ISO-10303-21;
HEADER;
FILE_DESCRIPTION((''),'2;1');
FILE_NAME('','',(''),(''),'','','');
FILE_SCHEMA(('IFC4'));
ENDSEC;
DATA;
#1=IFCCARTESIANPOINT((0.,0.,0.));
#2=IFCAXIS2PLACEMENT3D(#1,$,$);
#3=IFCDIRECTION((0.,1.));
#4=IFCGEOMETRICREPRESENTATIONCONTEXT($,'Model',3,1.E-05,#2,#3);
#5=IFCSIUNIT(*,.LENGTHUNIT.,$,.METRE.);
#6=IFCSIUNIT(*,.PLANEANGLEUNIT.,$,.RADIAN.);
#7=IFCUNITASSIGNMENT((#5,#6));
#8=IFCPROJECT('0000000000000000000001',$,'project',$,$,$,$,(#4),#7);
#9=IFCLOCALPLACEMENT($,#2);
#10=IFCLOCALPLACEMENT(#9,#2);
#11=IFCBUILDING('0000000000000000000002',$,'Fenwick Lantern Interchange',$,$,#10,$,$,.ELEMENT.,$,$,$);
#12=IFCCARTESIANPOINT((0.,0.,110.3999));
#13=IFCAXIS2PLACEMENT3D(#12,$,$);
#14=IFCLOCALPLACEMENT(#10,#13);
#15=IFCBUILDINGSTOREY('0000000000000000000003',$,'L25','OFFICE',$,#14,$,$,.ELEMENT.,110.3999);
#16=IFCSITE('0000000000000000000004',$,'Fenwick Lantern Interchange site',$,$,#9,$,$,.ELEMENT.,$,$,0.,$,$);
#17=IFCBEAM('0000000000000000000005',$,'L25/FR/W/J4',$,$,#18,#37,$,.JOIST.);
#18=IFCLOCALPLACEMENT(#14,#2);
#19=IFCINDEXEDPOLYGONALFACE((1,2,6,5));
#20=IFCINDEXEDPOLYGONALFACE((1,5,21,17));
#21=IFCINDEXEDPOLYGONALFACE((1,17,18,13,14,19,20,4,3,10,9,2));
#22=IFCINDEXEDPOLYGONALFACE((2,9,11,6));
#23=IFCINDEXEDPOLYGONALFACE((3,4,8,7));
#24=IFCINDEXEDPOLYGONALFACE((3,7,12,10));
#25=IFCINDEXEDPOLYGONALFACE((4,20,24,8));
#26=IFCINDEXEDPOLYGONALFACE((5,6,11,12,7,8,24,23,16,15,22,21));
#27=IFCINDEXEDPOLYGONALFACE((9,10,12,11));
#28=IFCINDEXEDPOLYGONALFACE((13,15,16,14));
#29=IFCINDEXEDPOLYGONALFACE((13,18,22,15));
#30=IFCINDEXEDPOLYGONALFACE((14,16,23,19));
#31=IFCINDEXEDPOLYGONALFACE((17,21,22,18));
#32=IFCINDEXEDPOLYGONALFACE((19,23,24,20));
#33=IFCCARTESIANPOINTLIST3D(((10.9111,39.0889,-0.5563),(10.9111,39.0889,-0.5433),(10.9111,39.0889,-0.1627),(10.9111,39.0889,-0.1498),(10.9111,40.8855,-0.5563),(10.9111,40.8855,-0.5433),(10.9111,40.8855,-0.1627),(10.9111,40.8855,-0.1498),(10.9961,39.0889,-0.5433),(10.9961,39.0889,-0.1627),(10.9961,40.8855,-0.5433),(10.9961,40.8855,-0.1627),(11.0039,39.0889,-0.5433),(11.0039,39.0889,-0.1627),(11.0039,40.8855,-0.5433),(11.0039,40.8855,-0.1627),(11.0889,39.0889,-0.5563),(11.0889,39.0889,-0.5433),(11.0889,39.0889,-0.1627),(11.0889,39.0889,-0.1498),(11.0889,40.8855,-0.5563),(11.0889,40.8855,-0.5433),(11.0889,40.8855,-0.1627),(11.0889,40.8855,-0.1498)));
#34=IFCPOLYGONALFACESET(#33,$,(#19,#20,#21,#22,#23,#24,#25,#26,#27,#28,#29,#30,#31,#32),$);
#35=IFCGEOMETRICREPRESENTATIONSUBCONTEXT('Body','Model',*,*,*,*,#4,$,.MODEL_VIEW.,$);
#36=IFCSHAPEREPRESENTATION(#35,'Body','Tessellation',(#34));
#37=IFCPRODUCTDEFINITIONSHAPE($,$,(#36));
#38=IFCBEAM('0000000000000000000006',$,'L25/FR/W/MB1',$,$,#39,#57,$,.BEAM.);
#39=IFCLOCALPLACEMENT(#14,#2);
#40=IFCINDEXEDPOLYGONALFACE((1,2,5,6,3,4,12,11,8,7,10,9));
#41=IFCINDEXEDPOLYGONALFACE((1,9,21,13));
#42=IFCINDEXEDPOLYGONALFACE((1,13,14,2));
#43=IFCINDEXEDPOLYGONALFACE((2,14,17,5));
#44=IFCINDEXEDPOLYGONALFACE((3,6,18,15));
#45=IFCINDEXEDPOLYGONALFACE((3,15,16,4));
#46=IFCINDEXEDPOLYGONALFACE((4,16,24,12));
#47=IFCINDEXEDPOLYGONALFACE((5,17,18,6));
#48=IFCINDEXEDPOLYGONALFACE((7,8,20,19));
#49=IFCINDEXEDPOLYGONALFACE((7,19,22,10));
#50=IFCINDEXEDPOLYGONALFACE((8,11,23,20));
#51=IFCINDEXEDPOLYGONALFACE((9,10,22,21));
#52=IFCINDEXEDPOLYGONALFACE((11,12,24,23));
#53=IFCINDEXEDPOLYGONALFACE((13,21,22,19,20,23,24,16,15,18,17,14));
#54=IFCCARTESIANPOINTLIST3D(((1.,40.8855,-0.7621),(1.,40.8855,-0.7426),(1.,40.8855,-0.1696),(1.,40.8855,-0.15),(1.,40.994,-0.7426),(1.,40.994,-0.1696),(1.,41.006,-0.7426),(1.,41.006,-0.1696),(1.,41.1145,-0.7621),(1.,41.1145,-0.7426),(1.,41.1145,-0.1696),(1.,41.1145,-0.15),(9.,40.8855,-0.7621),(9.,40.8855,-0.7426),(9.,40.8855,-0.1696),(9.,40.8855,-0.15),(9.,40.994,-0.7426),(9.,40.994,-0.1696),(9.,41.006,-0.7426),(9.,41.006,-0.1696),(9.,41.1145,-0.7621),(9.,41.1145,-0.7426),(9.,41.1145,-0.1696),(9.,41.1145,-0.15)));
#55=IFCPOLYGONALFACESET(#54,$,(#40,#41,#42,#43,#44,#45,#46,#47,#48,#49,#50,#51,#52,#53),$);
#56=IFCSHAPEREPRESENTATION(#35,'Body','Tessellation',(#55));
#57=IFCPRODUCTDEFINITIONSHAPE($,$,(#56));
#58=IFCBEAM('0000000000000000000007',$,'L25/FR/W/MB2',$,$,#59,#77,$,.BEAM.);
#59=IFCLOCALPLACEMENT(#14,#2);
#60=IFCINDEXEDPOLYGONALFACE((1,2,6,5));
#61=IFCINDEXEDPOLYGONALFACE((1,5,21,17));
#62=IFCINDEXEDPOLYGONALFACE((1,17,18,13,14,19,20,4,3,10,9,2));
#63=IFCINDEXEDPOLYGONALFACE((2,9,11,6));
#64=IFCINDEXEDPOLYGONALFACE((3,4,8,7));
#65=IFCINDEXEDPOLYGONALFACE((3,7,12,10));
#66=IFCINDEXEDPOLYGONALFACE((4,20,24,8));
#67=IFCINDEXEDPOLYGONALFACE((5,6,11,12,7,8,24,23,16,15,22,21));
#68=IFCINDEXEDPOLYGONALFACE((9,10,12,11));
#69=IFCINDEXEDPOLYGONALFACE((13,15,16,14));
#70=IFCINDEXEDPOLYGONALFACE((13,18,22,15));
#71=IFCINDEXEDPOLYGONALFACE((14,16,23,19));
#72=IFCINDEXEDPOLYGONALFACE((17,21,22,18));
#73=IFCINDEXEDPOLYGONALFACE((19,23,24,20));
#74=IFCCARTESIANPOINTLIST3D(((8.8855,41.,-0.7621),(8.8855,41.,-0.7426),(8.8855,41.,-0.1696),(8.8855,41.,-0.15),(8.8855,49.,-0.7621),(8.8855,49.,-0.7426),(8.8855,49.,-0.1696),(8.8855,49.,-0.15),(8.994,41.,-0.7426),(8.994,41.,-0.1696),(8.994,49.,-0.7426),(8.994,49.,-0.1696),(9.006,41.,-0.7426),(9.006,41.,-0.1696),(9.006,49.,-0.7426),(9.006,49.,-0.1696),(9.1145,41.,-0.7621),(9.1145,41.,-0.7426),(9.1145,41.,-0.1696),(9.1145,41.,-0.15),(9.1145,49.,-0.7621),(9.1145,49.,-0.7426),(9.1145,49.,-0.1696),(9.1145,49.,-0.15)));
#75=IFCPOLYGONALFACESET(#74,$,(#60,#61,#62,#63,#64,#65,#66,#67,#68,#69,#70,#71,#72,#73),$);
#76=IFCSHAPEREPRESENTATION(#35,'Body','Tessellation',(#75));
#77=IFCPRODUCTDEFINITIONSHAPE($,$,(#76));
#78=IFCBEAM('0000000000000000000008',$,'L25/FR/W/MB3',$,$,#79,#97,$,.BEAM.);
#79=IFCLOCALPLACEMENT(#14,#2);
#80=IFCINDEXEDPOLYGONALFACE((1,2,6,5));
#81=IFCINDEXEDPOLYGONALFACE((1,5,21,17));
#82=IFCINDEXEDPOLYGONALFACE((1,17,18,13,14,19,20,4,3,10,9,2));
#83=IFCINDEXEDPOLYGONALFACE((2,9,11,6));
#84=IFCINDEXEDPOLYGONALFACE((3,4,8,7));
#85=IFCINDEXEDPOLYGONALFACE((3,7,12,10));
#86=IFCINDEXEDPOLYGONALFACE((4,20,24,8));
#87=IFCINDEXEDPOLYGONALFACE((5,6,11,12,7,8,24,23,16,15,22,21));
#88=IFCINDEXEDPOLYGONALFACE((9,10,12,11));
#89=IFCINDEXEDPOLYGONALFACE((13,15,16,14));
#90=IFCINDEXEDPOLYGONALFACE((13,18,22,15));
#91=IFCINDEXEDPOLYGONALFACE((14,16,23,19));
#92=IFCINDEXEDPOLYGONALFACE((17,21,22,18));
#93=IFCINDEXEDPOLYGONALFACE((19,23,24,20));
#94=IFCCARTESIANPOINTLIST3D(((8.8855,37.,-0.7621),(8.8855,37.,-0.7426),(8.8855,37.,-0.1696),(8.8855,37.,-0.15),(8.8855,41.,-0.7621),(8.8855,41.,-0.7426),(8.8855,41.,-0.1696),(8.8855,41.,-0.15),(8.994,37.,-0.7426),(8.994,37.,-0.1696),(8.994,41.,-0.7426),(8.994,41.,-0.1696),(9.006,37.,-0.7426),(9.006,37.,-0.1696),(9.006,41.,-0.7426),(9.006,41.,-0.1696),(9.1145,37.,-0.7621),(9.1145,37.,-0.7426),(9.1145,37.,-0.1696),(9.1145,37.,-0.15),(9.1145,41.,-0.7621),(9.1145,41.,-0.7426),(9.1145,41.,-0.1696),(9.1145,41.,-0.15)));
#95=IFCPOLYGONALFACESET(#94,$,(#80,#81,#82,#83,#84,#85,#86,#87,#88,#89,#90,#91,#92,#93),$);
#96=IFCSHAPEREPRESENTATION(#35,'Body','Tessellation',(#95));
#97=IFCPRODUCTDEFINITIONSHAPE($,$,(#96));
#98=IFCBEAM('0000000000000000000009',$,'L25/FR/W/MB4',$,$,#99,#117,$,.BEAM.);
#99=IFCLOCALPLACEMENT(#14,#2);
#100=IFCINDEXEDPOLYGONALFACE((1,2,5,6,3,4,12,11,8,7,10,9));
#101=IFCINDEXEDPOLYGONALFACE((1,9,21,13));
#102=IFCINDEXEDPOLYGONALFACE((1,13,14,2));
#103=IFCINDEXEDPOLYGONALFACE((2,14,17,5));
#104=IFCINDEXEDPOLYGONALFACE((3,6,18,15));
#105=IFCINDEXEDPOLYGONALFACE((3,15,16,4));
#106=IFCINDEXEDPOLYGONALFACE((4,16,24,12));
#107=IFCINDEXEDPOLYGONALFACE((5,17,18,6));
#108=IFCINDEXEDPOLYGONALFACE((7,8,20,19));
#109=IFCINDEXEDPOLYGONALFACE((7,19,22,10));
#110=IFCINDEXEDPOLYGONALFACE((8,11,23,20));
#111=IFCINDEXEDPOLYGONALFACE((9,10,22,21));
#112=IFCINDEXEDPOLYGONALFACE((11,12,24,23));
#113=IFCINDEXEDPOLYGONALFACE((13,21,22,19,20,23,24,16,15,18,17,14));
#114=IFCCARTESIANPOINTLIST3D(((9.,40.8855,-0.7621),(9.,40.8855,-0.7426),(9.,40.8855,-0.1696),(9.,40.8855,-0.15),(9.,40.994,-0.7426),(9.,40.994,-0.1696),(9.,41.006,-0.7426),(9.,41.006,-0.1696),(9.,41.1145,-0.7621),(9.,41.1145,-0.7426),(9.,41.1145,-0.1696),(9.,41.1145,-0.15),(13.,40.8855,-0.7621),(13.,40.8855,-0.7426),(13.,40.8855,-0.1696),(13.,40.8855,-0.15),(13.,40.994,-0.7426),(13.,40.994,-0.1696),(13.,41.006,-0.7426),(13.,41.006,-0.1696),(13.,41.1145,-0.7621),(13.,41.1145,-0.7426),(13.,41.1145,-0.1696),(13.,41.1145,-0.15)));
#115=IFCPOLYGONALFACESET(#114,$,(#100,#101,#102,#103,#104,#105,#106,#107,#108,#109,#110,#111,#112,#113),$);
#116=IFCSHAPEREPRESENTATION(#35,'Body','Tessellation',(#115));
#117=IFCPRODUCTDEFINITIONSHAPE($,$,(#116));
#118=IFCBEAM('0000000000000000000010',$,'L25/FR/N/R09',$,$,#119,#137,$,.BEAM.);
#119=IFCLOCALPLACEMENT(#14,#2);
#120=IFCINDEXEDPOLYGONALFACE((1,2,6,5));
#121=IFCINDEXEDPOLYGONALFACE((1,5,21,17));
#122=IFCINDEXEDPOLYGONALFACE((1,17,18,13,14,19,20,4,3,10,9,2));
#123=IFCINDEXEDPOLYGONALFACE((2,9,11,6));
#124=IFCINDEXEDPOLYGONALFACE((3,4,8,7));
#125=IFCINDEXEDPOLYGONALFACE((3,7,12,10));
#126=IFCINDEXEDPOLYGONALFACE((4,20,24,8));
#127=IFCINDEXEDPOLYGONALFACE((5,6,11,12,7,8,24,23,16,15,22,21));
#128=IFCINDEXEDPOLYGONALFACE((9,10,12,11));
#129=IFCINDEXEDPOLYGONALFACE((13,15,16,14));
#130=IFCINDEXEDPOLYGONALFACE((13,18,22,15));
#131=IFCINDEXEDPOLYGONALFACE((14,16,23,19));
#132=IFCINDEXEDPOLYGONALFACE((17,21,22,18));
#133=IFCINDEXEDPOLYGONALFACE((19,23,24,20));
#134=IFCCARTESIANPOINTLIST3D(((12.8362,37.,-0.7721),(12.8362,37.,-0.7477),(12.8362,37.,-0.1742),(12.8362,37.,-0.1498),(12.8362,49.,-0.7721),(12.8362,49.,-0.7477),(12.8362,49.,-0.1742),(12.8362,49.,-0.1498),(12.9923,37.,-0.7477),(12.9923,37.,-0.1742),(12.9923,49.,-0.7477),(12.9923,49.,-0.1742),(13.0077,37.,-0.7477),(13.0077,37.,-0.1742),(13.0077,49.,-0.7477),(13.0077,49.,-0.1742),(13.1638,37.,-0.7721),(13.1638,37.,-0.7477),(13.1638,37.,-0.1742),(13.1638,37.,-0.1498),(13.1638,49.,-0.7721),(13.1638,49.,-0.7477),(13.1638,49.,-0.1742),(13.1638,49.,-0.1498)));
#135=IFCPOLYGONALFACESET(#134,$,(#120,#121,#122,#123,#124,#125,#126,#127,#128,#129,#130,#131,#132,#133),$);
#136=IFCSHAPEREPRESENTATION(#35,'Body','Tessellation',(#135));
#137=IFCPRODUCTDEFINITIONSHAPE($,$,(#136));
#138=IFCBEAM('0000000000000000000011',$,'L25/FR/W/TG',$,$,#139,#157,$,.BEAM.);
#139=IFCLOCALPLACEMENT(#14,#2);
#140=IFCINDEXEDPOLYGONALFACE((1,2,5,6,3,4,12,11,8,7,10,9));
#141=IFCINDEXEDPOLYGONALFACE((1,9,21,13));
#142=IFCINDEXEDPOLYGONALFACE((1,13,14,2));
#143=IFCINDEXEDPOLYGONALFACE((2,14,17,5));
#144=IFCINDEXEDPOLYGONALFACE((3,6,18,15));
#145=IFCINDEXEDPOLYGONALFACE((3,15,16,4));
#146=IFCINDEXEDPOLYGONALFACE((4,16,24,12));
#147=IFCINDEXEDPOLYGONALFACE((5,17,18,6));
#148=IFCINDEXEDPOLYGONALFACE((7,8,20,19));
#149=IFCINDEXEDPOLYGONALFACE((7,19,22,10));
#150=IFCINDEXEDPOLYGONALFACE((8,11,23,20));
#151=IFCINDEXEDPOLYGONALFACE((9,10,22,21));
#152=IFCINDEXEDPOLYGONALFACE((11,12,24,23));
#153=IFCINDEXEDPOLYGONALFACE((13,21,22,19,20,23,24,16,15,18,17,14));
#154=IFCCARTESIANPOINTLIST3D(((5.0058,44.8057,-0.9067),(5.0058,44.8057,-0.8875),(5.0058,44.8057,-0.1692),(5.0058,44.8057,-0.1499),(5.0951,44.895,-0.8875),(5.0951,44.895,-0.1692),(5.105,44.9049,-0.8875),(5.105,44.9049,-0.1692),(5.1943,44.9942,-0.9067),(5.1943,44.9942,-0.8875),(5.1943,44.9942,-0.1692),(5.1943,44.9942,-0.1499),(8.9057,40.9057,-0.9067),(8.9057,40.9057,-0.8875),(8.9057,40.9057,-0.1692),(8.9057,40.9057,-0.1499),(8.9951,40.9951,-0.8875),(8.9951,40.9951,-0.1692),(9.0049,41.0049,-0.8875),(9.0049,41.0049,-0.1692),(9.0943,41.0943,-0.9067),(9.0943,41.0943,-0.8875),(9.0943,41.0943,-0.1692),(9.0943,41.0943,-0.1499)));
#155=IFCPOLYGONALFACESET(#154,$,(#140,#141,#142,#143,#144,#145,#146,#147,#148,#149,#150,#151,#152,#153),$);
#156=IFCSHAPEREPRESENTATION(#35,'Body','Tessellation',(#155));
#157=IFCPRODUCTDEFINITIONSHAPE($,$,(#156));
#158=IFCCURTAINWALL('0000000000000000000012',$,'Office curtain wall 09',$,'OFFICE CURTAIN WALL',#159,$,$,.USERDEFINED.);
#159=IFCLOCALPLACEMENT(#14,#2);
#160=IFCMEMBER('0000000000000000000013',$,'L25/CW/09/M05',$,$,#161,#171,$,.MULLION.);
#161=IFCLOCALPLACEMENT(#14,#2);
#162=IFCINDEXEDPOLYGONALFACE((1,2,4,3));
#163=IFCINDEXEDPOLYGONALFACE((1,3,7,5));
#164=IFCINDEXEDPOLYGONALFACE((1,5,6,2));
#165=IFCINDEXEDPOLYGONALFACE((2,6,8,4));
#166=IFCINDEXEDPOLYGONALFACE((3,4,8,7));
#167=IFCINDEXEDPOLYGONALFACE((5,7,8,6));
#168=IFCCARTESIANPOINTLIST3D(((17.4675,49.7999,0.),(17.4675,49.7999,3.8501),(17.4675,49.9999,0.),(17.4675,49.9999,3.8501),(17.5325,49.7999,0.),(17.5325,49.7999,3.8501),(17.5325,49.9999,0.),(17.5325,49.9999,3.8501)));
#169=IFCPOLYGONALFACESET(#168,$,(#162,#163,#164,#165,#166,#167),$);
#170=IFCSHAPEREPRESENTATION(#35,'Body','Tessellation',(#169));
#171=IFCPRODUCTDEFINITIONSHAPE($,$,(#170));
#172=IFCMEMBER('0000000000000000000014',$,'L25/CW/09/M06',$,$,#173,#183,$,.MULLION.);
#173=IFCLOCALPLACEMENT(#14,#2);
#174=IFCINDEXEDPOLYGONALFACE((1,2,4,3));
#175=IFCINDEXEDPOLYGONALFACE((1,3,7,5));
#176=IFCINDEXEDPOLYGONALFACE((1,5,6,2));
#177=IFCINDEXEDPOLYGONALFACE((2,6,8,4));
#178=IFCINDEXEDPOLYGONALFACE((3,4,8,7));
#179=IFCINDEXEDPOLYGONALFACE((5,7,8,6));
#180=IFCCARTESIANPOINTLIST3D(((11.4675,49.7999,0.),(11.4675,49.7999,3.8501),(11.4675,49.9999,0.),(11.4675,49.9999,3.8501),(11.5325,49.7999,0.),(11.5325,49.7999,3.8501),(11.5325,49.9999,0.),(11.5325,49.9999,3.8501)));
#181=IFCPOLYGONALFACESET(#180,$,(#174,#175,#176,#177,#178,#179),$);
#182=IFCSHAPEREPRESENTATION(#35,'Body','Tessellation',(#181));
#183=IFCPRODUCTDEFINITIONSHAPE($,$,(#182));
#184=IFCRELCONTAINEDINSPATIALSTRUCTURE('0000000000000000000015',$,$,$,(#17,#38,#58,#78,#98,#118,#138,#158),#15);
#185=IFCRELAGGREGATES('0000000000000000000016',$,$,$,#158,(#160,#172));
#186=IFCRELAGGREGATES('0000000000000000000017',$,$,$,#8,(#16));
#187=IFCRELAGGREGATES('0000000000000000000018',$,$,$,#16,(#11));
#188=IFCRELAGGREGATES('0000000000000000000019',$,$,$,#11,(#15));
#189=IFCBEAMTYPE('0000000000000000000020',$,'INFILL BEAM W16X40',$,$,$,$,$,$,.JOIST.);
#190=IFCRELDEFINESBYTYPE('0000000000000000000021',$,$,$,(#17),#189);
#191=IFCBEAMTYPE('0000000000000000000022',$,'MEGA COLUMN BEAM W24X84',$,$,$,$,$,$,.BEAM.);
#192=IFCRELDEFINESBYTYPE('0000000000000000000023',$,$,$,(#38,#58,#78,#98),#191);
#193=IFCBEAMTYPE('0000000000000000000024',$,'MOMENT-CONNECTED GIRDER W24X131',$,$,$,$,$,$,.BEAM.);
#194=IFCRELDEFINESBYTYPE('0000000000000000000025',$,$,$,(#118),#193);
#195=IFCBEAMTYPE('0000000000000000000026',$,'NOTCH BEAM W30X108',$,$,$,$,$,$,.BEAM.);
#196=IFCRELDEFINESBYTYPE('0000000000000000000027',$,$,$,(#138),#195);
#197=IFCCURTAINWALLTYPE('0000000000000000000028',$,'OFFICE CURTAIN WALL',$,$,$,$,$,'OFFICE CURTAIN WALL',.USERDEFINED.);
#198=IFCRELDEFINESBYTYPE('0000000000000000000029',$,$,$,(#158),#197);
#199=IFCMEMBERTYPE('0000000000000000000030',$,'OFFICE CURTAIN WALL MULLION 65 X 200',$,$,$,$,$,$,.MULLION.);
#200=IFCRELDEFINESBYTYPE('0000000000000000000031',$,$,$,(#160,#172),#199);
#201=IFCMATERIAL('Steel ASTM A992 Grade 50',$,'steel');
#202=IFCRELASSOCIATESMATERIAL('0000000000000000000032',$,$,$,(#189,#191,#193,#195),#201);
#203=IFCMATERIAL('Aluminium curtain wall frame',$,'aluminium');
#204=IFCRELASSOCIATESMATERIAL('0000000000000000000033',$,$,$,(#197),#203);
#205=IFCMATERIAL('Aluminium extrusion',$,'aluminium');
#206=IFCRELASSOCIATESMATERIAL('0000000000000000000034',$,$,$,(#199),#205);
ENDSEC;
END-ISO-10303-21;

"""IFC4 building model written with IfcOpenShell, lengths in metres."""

from ifc_helpers import new_model, si_unit, direction, frame, origin, origin_2d, place, context, subcontext, project, spatial, rectangle, i_section, extrude, material, material_profile, profile_set, type_object, element, aggregate, save


model = new_model("IFC4")

# Units and contexts
model_context = context("Model", 3, precision=1e-05, world=origin(), true_north=direction((0.0, 1.0)))
body_context = subcontext(model_context, "Body", "Model", "MODEL_VIEW")
ifc_project = project(units=[si_unit("LENGTHUNIT", "METRE"), si_unit("PLANEANGLEUNIT", "RADIAN")], contexts=[model_context])

# Site, building, storey
site_placement = place(None, origin())
site = spatial("IfcSite", under=ifc_project, at=site_placement, Name="Fenwick Lantern Interchange site", CompositionType="ELEMENT", RefElevation=0.0)
building_placement = place(site_placement, origin())
building = spatial("IfcBuilding", under=site, at=building_placement, Name="Fenwick Lantern Interchange", CompositionType="ELEMENT")
storey_placement = place(building_placement, frame((0.0, 0.0, 110.3999)))
storey = spatial("IfcBuildingStorey", under=building, at=storey_placement, Name="L25", Description="OFFICE", CompositionType="ELEMENT", Elevation=110.3999)

# Shared definitions
ifc_material_1 = material(Name="Steel ASTM A992 Grade 50", Category="steel")

# Beams
ifc_material_profile_1 = material_profile(ifc_material_1, i_section(OverallWidth=0.1777, OverallDepth=0.4065, WebThickness=0.0078, FlangeThickness=0.0129, at=origin_2d()), Name="W16X40")
ifc_profile_set_1 = profile_set([ifc_material_profile_1], Name="Steel ASTM A992 Grade 50")
beam_type_1 = type_object("IfcBeamType", Name="INFILL BEAM W16X40", PredefinedType="JOIST", material=ifc_profile_set_1)
beam_1_placement = place(storey_placement, frame((11.0, 40.8855, -0.353), z_axis=(0.0, -1.0, 0.0), x_axis=(1.0, 0.0, 0.0)))
element("IfcBeam", 1, at=beam_1_placement, inside=storey, type_object=beam_type_1, Name="L25/FR/W/J4", PredefinedType="JOIST", context=body_context, shape_type="SweptSolid", body=[
    extrude(i_section(OverallWidth=0.1777, OverallDepth=0.4065, WebThickness=0.0078, FlangeThickness=0.0129, at=origin_2d()), origin(), (0.0, 0.0, 1.0), 1.7966),
])
ifc_material_profile_2 = material_profile(ifc_material_1, i_section(OverallWidth=0.229, OverallDepth=0.6121, WebThickness=0.012, FlangeThickness=0.0195, at=origin_2d()), Name="W24X84")
ifc_profile_set_2 = profile_set([ifc_material_profile_2], Name="Steel ASTM A992 Grade 50")
beam_type_2 = type_object("IfcBeamType", Name="MEGA COLUMN BEAM W24X84", PredefinedType="BEAM", material=ifc_profile_set_2)
for number, where, z_axis, x_axis, name in (
    (2, (9.0, 41.0, -0.4561), (-1.0, 0.0, 0.0), (0.0, -1.0, 0.0), "L25/FR/W/MB1"),
    (3, (9.0, 41.0, -0.4561), (0.0, 1.0, 0.0), (-1.0, 0.0, 0.0), "L25/FR/W/MB2"),
):
    element("IfcBeam", number, at=place(storey_placement, frame(where, z_axis=z_axis, x_axis=x_axis)), inside=storey, type_object=beam_type_2, Name=name, PredefinedType="BEAM", context=body_context, shape_type="SweptSolid", body=[
        extrude(i_section(OverallWidth=0.229, OverallDepth=0.6121, WebThickness=0.012, FlangeThickness=0.0195, at=origin_2d()), origin(), (0.0, 0.0, 1.0), 8.0),
    ])
for number, where, z_axis, x_axis, name in (
    (4, (9.0, 41.0, -0.4561), (0.0, -1.0, 0.0), (1.0, 0.0, 0.0), "L25/FR/W/MB3"),
    (5, (9.0, 41.0, -0.4561), (1.0, 0.0, 0.0), (0.0, 1.0, 0.0), "L25/FR/W/MB4"),
):
    element("IfcBeam", number, at=place(storey_placement, frame(where, z_axis=z_axis, x_axis=x_axis)), inside=storey, type_object=beam_type_2, Name=name, PredefinedType="BEAM", context=body_context, shape_type="SweptSolid", body=[
        extrude(i_section(OverallWidth=0.229, OverallDepth=0.6121, WebThickness=0.012, FlangeThickness=0.0195, at=origin_2d()), origin(), (0.0, 0.0, 1.0), 4.0),
    ])
ifc_material_profile_3 = material_profile(ifc_material_1, i_section(OverallWidth=0.3276, OverallDepth=0.6223, WebThickness=0.0154, FlangeThickness=0.0244, at=origin_2d()), Name="W24X131")
ifc_profile_set_3 = profile_set([ifc_material_profile_3], Name="Steel ASTM A992 Grade 50")
beam_type_3 = type_object("IfcBeamType", Name="MOMENT-CONNECTED GIRDER W24X131", PredefinedType="BEAM", material=ifc_profile_set_3)
beam_2_placement = place(storey_placement, frame((13.0, 49.0, -0.4609), z_axis=(0.0, -1.0, 0.0), x_axis=(1.0, 0.0, 0.0)))
element("IfcBeam", 6, at=beam_2_placement, inside=storey, type_object=beam_type_3, Name="L25/FR/N/R09", PredefinedType="BEAM", context=body_context, shape_type="SweptSolid", body=[
    extrude(i_section(OverallWidth=0.3276, OverallDepth=0.6223, WebThickness=0.0154, FlangeThickness=0.0244, at=origin_2d()), origin(), (0.0, 0.0, 1.0), 12.0),
])
ifc_material_profile_4 = material_profile(ifc_material_1, i_section(OverallWidth=0.2666, OverallDepth=0.7568, WebThickness=0.0139, FlangeThickness=0.0193, at=origin_2d()), Name="W30X108")
ifc_profile_set_4 = profile_set([ifc_material_profile_4], Name="Steel ASTM A992 Grade 50")
beam_type_4 = type_object("IfcBeamType", Name="NOTCH BEAM W30X108", PredefinedType="BEAM", material=ifc_profile_set_4)
beam_3_placement = place(storey_placement, frame((9.0, 41.0, -0.5283), z_axis=(-0.707107, 0.707107, 0.0), x_axis=(-0.707107, -0.707107, 0.0)))
element("IfcBeam", 7, at=beam_3_placement, inside=storey, type_object=beam_type_4, Name="L25/FR/W/TG", PredefinedType="BEAM", context=body_context, shape_type="SweptSolid", body=[
    extrude(i_section(OverallWidth=0.2666, OverallDepth=0.7568, WebThickness=0.0139, FlangeThickness=0.0193, at=origin_2d()), origin(), (0.0, 0.0, 1.0), 5.5154),
])

# Curtain wall, members
ifc_material_2 = material(Name="Aluminium curtain wall frame", Category="aluminium")
curtain_wall_type = type_object("IfcCurtainWallType", Name="OFFICE CURTAIN WALL", ElementType="OFFICE CURTAIN WALL", PredefinedType="USERDEFINED", material=ifc_material_2)
curtain_wall_1_placement = place(storey_placement, origin())
curtain_wall_1 = element("IfcCurtainWall", 8, at=curtain_wall_1_placement, inside=storey, type_object=curtain_wall_type, Name="Office curtain wall 09", ObjectType="OFFICE CURTAIN WALL", PredefinedType="USERDEFINED")
ifc_material_3 = material(Name="Aluminium extrusion", Category="aluminium")
ifc_material_profile_5 = material_profile(ifc_material_3, rectangle(XDim=0.2, YDim=0.0649, at=origin_2d()), Name="OFFICE CURTAIN WALL MULLION 65 X 200")
ifc_profile_set_5 = profile_set([ifc_material_profile_5], Name="Aluminium extrusion")
member_type_1 = type_object("IfcMemberType", Name="OFFICE CURTAIN WALL MULLION 65 X 200", PredefinedType="MULLION", material=ifc_profile_set_5)
member_1_placement = place(storey_placement, frame((17.5, 49.8999, 0.0), z_axis=(0.0, 0.0, 1.0), x_axis=(0.0, -1.0, 0.0)))
member_1 = element("IfcMember", 9, at=member_1_placement, type_object=member_type_1, Name="L25/CW/09/M05", PredefinedType="MULLION", context=body_context, shape_type="SweptSolid", body=[
    extrude(rectangle(XDim=0.2, YDim=0.0649, at=origin_2d()), origin(), (0.0, 0.0, 1.0), 3.8501),
])
member_2_placement = place(storey_placement, frame((11.5, 49.8999, 0.0), z_axis=(0.0, 0.0, 1.0), x_axis=(0.0, -1.0, 0.0)))
member_2 = element("IfcMember", 10, at=member_2_placement, type_object=member_type_1, Name="L25/CW/09/M06", PredefinedType="MULLION", context=body_context, shape_type="SweptSolid", body=[
    extrude(rectangle(XDim=0.2, YDim=0.0649, at=origin_2d()), origin(), (0.0, 0.0, 1.0), 3.8501),
])

aggregate(curtain_wall_1, [member_1, member_2])

save(model, "model.ifc")
